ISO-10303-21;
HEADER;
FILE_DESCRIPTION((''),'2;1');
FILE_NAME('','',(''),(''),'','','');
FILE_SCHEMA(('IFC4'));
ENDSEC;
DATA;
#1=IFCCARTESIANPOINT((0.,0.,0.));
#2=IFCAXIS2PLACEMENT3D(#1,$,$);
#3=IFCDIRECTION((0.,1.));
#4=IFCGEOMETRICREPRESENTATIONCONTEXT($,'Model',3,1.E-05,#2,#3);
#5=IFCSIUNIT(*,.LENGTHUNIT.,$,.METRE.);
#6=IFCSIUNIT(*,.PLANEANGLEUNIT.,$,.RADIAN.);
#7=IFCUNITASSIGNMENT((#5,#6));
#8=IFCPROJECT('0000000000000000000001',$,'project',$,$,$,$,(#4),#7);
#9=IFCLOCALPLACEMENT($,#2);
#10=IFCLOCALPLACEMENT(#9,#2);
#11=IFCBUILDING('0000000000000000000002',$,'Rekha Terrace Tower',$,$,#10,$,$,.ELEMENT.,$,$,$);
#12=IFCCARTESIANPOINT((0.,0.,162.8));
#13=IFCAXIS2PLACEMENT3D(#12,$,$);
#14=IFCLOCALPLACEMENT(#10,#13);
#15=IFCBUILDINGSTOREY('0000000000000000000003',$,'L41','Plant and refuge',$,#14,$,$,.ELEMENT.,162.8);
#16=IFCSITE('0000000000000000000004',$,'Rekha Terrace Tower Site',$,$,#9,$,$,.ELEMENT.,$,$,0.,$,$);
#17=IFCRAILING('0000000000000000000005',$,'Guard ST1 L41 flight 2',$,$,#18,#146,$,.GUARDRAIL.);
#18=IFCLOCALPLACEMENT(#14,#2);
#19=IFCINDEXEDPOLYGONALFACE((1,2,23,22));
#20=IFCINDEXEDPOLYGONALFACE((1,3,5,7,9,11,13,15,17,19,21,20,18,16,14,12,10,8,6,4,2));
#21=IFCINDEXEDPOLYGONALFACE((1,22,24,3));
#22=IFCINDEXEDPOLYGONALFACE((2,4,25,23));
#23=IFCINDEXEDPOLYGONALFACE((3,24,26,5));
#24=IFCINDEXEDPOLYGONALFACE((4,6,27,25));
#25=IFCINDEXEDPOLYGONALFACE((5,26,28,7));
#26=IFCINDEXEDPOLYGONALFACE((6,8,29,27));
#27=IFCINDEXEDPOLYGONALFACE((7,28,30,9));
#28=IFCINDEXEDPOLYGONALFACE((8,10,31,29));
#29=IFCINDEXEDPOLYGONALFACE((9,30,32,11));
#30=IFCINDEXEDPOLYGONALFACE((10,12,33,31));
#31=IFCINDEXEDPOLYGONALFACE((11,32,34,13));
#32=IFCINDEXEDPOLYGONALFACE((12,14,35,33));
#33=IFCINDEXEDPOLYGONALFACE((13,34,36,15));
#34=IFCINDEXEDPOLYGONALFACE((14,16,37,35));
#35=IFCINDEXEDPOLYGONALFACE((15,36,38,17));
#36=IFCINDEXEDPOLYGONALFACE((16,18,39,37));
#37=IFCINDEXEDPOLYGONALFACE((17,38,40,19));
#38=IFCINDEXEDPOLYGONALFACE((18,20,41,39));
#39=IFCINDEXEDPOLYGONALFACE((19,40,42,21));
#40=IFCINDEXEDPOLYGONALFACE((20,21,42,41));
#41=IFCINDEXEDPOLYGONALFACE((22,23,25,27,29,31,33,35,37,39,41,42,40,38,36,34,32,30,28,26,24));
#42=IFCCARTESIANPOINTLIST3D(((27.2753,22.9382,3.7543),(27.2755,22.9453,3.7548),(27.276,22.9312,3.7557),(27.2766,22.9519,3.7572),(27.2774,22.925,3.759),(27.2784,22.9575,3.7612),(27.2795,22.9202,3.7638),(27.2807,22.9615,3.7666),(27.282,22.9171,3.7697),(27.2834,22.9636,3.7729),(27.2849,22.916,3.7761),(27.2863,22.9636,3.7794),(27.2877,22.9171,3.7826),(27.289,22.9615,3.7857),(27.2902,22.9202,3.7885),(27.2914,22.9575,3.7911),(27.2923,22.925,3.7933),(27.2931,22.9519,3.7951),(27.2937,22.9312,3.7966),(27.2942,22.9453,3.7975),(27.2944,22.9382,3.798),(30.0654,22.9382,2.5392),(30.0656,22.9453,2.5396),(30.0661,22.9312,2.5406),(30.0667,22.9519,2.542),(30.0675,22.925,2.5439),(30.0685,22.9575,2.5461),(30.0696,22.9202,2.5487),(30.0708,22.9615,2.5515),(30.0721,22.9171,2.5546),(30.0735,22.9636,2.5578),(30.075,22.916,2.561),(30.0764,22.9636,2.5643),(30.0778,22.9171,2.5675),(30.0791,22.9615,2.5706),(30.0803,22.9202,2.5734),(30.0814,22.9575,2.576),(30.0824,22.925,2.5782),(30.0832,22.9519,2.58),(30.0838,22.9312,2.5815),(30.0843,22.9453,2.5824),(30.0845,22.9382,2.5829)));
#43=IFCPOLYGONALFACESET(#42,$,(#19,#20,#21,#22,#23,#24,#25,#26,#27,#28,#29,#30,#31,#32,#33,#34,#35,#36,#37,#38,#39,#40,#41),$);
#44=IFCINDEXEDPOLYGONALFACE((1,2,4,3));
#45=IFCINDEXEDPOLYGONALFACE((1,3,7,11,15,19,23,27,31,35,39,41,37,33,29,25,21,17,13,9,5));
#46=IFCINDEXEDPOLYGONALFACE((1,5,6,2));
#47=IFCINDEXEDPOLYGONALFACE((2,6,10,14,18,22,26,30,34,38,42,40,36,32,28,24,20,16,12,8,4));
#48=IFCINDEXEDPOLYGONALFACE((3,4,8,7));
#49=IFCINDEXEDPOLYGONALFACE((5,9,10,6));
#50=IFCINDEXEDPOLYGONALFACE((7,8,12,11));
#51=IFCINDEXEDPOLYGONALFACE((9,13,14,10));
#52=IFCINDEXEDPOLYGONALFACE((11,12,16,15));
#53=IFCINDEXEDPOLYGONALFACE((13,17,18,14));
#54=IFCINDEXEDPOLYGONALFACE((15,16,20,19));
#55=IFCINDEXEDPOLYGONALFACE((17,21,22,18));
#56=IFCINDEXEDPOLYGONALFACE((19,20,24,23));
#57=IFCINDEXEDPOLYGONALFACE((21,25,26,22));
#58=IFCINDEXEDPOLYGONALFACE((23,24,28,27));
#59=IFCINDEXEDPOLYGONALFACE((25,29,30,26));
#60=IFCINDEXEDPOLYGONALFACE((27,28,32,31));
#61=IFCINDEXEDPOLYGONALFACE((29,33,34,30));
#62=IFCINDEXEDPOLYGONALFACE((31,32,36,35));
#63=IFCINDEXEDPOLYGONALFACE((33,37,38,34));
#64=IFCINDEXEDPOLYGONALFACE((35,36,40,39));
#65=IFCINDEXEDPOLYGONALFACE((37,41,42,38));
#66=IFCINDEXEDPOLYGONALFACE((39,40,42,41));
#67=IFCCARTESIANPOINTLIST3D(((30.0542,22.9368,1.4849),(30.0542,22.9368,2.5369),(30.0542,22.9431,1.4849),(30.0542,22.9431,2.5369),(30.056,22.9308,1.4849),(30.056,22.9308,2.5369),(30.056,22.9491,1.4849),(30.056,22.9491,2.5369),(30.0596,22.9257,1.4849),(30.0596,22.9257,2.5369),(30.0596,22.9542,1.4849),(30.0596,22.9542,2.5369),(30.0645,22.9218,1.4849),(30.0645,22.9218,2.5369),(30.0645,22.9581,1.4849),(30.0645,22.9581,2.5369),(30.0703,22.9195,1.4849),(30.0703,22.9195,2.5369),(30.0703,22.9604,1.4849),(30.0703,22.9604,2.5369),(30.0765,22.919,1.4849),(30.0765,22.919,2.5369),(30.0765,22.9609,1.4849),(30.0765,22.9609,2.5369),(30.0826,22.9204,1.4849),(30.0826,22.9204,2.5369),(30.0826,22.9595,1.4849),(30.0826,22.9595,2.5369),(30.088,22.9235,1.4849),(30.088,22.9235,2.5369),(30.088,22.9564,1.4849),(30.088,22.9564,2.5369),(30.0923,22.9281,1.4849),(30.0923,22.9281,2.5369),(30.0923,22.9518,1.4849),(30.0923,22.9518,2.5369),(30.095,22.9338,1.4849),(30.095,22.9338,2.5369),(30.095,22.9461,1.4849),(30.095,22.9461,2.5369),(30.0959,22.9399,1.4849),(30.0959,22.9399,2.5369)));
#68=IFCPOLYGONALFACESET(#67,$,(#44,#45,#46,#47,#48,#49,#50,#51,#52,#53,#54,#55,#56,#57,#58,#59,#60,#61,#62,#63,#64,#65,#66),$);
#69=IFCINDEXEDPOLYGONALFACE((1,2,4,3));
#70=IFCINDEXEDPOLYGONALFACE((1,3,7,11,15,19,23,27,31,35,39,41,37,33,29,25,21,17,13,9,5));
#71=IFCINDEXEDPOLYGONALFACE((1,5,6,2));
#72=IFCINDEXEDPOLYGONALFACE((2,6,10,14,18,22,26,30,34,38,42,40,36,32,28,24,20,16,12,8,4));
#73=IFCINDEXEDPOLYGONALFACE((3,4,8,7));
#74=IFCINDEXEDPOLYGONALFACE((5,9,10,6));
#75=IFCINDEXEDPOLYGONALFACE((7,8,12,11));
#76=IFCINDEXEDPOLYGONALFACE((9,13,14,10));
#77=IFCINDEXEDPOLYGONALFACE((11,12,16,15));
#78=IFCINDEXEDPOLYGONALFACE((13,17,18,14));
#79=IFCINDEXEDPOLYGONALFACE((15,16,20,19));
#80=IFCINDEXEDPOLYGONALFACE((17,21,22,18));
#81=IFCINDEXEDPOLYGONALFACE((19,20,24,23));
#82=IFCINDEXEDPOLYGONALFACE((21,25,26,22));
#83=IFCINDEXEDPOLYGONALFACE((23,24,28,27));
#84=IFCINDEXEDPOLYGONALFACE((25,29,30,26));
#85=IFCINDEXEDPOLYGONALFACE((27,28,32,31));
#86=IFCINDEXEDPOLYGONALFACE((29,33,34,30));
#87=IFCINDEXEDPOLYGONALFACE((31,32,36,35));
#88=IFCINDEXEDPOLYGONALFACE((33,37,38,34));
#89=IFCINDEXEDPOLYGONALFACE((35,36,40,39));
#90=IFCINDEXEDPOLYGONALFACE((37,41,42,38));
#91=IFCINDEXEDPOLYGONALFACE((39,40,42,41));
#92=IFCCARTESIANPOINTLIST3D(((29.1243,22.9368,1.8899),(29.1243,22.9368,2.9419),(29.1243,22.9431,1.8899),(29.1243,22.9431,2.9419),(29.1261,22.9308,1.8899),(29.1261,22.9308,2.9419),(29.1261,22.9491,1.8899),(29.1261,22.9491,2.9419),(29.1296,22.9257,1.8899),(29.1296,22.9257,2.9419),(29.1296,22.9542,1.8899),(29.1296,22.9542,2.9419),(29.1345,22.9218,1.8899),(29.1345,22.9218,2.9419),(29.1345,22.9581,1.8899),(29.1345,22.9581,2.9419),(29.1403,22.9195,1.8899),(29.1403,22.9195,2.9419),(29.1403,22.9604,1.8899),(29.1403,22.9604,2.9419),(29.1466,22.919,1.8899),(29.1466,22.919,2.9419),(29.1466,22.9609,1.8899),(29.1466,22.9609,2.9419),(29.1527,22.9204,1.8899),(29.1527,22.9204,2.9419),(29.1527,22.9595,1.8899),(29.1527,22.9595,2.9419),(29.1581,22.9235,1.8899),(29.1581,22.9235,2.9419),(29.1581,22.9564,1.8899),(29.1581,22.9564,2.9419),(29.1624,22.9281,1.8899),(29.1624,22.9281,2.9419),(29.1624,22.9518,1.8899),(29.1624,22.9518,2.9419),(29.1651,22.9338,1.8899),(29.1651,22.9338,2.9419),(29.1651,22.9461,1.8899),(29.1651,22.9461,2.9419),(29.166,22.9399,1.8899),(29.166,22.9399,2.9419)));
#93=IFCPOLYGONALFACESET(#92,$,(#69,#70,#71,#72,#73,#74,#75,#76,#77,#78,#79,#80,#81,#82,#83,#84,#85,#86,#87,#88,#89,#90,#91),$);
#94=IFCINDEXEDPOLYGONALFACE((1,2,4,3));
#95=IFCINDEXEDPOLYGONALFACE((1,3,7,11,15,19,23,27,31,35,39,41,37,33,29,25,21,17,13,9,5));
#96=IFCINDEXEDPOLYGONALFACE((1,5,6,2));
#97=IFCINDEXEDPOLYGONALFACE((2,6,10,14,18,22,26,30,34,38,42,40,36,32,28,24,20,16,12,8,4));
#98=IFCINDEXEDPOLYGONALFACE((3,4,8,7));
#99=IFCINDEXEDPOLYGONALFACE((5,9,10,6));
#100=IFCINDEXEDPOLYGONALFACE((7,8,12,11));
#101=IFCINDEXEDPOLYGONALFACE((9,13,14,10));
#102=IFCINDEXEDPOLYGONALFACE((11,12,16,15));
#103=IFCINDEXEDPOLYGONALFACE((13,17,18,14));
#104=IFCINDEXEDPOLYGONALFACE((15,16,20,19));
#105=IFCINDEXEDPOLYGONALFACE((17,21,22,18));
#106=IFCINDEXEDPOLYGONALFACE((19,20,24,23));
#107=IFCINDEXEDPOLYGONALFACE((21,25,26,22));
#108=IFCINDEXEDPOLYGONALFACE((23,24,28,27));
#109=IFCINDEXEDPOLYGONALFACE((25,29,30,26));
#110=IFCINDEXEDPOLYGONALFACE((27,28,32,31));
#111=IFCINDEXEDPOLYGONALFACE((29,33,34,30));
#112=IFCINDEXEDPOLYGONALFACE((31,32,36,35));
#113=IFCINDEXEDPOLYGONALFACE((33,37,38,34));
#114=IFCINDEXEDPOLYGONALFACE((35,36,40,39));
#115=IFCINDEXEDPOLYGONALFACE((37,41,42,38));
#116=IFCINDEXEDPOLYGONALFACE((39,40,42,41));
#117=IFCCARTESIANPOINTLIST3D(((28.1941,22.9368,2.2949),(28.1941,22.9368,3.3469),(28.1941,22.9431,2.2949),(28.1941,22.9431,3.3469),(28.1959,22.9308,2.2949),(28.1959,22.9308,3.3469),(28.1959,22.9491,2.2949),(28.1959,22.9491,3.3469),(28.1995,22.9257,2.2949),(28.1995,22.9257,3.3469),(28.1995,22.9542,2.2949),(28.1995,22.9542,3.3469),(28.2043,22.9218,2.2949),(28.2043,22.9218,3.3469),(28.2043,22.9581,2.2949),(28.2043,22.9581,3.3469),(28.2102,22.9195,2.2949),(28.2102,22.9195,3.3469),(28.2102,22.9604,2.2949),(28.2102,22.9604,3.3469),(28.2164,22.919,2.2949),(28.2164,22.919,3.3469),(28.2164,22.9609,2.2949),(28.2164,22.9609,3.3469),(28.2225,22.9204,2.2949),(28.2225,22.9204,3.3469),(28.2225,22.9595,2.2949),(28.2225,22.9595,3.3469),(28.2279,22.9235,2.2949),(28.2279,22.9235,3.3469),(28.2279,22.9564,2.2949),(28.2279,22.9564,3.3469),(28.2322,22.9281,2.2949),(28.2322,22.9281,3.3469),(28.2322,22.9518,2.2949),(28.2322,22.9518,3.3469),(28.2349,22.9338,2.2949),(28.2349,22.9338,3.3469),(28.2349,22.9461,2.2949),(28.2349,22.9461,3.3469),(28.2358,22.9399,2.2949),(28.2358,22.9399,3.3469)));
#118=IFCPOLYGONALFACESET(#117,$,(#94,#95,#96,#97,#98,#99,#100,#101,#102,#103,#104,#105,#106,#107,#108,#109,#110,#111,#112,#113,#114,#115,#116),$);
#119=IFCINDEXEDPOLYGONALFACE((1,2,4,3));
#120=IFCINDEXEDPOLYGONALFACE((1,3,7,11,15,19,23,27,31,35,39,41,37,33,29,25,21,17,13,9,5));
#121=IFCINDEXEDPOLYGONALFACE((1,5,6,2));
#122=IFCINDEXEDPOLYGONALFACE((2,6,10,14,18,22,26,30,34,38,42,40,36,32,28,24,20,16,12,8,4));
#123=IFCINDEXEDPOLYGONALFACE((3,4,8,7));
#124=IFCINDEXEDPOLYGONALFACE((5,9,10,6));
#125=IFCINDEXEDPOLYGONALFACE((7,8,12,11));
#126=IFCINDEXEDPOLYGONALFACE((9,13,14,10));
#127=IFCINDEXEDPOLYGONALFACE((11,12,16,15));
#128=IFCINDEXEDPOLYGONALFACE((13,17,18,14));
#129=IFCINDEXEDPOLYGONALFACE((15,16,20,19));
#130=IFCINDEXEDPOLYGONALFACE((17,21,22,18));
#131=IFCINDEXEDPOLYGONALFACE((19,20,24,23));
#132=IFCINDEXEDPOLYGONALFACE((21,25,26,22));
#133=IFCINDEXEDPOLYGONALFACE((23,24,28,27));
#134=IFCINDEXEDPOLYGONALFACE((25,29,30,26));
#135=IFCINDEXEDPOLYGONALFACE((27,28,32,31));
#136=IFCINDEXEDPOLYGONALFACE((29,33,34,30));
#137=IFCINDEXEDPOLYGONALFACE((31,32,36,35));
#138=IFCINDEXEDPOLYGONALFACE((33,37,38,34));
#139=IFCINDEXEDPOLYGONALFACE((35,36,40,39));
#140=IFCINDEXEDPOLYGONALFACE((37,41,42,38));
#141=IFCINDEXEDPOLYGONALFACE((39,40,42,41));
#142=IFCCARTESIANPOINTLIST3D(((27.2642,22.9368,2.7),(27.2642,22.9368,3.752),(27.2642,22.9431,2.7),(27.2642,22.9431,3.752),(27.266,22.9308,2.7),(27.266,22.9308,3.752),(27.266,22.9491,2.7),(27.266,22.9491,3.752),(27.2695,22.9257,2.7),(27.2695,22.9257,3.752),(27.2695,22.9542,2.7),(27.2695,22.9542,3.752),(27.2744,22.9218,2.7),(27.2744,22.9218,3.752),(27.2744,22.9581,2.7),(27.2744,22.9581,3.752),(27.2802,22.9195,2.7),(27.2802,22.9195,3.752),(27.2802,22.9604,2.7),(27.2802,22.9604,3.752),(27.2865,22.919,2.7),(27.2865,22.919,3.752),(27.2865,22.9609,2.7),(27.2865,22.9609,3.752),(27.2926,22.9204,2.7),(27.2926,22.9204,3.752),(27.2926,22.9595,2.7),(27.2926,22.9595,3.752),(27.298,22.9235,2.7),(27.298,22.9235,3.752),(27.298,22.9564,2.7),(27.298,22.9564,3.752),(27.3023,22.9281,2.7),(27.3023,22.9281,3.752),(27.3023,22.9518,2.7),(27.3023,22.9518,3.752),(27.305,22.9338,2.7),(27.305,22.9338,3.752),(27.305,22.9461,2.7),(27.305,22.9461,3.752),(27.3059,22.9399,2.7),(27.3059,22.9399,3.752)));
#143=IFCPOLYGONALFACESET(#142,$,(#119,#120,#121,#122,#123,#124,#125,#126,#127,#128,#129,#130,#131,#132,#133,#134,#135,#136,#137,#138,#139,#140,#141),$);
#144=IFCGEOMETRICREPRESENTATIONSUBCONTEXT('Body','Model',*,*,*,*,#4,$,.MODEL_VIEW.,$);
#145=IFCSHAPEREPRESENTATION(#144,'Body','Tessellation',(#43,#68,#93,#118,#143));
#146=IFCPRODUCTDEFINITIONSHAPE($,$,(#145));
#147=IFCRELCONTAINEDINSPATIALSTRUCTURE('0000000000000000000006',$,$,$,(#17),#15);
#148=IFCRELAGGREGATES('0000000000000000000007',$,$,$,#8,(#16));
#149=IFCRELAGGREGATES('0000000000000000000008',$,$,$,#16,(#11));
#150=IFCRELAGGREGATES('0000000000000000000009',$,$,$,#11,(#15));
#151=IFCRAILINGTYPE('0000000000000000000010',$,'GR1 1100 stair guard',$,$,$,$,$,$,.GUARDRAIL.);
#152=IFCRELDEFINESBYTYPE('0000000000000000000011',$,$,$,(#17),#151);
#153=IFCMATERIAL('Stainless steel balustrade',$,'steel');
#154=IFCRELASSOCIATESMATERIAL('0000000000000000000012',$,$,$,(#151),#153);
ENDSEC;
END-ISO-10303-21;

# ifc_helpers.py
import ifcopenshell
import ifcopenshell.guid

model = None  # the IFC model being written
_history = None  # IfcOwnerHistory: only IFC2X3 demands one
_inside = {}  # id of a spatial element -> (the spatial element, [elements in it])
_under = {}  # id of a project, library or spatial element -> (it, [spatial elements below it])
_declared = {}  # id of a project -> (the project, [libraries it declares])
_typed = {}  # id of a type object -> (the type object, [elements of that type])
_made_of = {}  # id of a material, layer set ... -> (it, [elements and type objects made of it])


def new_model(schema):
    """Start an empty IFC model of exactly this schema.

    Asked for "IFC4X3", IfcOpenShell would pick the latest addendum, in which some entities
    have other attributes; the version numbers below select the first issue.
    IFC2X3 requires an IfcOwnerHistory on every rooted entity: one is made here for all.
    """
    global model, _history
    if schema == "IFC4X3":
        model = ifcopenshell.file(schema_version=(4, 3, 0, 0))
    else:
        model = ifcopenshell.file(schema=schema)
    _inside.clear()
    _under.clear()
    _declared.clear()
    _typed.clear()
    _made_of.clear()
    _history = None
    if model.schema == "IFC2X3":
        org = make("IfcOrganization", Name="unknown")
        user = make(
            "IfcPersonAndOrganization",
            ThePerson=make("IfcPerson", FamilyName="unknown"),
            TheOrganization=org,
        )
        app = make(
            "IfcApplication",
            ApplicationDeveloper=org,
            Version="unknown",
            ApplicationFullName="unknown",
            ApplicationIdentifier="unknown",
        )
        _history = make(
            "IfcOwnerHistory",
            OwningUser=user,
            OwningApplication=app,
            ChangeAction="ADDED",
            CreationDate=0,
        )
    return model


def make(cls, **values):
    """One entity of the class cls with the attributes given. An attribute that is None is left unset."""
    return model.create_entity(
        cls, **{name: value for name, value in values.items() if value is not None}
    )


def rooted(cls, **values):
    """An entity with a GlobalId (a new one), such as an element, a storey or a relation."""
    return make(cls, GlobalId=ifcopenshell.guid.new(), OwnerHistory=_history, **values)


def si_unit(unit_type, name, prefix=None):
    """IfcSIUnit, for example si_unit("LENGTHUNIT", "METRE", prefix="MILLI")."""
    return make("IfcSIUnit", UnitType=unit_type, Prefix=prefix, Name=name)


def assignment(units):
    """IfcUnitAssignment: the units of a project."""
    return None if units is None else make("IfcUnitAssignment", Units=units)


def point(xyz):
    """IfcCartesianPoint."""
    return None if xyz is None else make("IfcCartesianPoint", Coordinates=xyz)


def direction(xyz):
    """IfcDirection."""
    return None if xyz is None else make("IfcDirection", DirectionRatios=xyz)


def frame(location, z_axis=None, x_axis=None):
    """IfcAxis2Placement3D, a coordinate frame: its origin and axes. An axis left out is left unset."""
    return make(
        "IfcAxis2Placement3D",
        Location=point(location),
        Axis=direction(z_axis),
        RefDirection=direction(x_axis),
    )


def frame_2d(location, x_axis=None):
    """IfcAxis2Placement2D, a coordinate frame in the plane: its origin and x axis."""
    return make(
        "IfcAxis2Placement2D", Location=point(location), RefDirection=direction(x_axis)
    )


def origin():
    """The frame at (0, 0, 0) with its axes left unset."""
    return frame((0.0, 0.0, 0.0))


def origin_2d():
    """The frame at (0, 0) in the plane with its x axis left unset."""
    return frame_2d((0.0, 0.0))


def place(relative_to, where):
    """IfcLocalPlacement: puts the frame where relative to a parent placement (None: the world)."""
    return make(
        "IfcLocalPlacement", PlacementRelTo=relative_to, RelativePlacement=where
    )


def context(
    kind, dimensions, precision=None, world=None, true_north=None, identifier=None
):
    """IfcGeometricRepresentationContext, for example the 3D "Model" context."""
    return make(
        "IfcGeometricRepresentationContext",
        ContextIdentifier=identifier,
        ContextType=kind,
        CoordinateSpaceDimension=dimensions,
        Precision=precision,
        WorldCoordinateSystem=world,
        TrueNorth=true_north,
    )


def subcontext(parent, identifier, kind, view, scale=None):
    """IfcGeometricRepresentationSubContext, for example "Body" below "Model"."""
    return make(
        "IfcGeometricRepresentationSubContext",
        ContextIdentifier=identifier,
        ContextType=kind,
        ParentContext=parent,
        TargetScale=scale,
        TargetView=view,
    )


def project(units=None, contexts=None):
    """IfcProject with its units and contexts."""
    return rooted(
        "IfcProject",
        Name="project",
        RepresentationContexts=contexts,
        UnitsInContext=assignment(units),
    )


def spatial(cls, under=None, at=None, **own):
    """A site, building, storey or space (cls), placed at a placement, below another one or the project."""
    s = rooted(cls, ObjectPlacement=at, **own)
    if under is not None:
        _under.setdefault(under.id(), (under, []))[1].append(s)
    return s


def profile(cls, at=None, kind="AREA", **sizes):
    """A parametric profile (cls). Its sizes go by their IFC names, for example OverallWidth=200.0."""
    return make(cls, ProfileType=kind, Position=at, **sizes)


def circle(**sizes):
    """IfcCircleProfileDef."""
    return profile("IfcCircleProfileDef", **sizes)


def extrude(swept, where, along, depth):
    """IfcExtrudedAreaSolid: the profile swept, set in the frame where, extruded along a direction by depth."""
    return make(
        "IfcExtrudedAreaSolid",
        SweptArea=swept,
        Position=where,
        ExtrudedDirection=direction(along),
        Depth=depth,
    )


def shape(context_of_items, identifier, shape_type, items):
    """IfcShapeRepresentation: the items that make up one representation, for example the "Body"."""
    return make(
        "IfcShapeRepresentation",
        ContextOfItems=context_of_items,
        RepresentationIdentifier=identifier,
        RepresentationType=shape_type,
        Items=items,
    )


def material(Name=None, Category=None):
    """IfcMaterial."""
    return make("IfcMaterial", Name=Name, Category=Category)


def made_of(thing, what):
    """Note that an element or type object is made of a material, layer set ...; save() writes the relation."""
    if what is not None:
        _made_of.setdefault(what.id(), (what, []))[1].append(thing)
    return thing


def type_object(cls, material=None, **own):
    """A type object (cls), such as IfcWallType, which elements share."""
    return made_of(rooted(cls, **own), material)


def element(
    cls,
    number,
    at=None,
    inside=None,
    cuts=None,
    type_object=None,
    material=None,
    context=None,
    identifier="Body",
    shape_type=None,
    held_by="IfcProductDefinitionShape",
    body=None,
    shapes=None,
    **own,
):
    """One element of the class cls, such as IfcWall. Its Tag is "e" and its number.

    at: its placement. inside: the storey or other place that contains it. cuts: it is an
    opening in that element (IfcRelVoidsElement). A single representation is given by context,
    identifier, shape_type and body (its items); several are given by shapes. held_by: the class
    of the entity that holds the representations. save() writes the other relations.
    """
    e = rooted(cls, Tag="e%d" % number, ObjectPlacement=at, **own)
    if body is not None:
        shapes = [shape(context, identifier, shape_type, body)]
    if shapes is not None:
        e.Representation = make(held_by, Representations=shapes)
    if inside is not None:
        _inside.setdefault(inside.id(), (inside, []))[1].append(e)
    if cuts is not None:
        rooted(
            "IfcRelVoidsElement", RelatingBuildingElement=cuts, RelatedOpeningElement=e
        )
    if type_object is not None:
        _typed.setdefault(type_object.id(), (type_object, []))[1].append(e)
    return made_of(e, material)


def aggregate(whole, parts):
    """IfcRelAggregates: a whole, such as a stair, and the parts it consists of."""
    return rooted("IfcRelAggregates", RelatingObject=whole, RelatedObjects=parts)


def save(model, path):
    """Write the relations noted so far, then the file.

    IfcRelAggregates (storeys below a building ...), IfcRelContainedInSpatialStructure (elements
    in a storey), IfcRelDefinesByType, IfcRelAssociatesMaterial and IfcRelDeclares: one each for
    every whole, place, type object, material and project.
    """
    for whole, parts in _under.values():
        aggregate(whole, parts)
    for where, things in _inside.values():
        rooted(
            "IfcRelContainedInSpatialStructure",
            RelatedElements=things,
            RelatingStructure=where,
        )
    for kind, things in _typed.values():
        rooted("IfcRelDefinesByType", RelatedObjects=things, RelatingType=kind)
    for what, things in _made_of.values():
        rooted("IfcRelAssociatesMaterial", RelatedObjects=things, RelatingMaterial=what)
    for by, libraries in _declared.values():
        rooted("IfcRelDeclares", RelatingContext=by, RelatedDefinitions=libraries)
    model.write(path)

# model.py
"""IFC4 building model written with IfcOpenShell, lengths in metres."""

from ifc_helpers import new_model, si_unit, direction, frame, origin, origin_2d, place, context, subcontext, project, spatial, circle, extrude, material, type_object, element, save


model = new_model("IFC4")

# Units and contexts
model_context = context("Model", 3, precision=1e-05, world=origin(), true_north=direction((0.0, 1.0)))
body_context = subcontext(model_context, "Body", "Model", "MODEL_VIEW")
ifc_project = project(units=[si_unit("LENGTHUNIT", "METRE"), si_unit("PLANEANGLEUNIT", "RADIAN")], contexts=[model_context])

# Site, building, storey
site_placement = place(None, origin())
site = spatial("IfcSite", under=ifc_project, at=site_placement, Name="Rekha Terrace Tower Site", CompositionType="ELEMENT", RefElevation=0.0)
building_placement = place(site_placement, origin())
building = spatial("IfcBuilding", under=site, at=building_placement, Name="Rekha Terrace Tower", CompositionType="ELEMENT")
storey_placement = place(building_placement, frame((0.0, 0.0, 162.8)))
storey = spatial("IfcBuildingStorey", under=building, at=storey_placement, Name="L41", Description="Plant and refuge", CompositionType="ELEMENT", Elevation=162.8)

# Railing
ifc_material_1 = material(Name="Stainless steel balustrade", Category="steel")
railing_type_1 = type_object("IfcRailingType", Name="GR1 1100 stair guard", PredefinedType="GUARDRAIL", material=ifc_material_1)
railing_1_placement = place(storey_placement, frame((30.075, 22.9399, 1.4849)))
element("IfcRailing", 1, at=railing_1_placement, inside=storey, type_object=railing_type_1, Name="Guard ST1 L41 flight 2", PredefinedType="GUARDRAIL", context=body_context, shape_type="SweptSolid", body=[
    extrude(circle(Radius=0.0239, at=origin_2d()), frame((0.0, 0.0, 1.0762), z_axis=(-0.916826, 0.0, 0.399286), x_axis=(0.0, -1.0, 0.0)), (0.0, 0.0, 1.0), 3.0432),
    extrude(circle(Radius=0.021, at=origin_2d()), origin(), (0.0, 0.0, 1.0), 1.052),
    extrude(circle(Radius=0.021, at=origin_2d()), frame((-0.9299, 0.0, 0.405)), (0.0, 0.0, 1.0), 1.052),
    extrude(circle(Radius=0.021, at=origin_2d()), frame((-1.8601, 0.0, 0.8101)), (0.0, 0.0, 1.0), 1.052),
    extrude(circle(Radius=0.021, at=origin_2d()), frame((-2.79, 0.0, 1.2151)), (0.0, 0.0, 1.0), 1.052),
])

save(model, "model.ifc")
